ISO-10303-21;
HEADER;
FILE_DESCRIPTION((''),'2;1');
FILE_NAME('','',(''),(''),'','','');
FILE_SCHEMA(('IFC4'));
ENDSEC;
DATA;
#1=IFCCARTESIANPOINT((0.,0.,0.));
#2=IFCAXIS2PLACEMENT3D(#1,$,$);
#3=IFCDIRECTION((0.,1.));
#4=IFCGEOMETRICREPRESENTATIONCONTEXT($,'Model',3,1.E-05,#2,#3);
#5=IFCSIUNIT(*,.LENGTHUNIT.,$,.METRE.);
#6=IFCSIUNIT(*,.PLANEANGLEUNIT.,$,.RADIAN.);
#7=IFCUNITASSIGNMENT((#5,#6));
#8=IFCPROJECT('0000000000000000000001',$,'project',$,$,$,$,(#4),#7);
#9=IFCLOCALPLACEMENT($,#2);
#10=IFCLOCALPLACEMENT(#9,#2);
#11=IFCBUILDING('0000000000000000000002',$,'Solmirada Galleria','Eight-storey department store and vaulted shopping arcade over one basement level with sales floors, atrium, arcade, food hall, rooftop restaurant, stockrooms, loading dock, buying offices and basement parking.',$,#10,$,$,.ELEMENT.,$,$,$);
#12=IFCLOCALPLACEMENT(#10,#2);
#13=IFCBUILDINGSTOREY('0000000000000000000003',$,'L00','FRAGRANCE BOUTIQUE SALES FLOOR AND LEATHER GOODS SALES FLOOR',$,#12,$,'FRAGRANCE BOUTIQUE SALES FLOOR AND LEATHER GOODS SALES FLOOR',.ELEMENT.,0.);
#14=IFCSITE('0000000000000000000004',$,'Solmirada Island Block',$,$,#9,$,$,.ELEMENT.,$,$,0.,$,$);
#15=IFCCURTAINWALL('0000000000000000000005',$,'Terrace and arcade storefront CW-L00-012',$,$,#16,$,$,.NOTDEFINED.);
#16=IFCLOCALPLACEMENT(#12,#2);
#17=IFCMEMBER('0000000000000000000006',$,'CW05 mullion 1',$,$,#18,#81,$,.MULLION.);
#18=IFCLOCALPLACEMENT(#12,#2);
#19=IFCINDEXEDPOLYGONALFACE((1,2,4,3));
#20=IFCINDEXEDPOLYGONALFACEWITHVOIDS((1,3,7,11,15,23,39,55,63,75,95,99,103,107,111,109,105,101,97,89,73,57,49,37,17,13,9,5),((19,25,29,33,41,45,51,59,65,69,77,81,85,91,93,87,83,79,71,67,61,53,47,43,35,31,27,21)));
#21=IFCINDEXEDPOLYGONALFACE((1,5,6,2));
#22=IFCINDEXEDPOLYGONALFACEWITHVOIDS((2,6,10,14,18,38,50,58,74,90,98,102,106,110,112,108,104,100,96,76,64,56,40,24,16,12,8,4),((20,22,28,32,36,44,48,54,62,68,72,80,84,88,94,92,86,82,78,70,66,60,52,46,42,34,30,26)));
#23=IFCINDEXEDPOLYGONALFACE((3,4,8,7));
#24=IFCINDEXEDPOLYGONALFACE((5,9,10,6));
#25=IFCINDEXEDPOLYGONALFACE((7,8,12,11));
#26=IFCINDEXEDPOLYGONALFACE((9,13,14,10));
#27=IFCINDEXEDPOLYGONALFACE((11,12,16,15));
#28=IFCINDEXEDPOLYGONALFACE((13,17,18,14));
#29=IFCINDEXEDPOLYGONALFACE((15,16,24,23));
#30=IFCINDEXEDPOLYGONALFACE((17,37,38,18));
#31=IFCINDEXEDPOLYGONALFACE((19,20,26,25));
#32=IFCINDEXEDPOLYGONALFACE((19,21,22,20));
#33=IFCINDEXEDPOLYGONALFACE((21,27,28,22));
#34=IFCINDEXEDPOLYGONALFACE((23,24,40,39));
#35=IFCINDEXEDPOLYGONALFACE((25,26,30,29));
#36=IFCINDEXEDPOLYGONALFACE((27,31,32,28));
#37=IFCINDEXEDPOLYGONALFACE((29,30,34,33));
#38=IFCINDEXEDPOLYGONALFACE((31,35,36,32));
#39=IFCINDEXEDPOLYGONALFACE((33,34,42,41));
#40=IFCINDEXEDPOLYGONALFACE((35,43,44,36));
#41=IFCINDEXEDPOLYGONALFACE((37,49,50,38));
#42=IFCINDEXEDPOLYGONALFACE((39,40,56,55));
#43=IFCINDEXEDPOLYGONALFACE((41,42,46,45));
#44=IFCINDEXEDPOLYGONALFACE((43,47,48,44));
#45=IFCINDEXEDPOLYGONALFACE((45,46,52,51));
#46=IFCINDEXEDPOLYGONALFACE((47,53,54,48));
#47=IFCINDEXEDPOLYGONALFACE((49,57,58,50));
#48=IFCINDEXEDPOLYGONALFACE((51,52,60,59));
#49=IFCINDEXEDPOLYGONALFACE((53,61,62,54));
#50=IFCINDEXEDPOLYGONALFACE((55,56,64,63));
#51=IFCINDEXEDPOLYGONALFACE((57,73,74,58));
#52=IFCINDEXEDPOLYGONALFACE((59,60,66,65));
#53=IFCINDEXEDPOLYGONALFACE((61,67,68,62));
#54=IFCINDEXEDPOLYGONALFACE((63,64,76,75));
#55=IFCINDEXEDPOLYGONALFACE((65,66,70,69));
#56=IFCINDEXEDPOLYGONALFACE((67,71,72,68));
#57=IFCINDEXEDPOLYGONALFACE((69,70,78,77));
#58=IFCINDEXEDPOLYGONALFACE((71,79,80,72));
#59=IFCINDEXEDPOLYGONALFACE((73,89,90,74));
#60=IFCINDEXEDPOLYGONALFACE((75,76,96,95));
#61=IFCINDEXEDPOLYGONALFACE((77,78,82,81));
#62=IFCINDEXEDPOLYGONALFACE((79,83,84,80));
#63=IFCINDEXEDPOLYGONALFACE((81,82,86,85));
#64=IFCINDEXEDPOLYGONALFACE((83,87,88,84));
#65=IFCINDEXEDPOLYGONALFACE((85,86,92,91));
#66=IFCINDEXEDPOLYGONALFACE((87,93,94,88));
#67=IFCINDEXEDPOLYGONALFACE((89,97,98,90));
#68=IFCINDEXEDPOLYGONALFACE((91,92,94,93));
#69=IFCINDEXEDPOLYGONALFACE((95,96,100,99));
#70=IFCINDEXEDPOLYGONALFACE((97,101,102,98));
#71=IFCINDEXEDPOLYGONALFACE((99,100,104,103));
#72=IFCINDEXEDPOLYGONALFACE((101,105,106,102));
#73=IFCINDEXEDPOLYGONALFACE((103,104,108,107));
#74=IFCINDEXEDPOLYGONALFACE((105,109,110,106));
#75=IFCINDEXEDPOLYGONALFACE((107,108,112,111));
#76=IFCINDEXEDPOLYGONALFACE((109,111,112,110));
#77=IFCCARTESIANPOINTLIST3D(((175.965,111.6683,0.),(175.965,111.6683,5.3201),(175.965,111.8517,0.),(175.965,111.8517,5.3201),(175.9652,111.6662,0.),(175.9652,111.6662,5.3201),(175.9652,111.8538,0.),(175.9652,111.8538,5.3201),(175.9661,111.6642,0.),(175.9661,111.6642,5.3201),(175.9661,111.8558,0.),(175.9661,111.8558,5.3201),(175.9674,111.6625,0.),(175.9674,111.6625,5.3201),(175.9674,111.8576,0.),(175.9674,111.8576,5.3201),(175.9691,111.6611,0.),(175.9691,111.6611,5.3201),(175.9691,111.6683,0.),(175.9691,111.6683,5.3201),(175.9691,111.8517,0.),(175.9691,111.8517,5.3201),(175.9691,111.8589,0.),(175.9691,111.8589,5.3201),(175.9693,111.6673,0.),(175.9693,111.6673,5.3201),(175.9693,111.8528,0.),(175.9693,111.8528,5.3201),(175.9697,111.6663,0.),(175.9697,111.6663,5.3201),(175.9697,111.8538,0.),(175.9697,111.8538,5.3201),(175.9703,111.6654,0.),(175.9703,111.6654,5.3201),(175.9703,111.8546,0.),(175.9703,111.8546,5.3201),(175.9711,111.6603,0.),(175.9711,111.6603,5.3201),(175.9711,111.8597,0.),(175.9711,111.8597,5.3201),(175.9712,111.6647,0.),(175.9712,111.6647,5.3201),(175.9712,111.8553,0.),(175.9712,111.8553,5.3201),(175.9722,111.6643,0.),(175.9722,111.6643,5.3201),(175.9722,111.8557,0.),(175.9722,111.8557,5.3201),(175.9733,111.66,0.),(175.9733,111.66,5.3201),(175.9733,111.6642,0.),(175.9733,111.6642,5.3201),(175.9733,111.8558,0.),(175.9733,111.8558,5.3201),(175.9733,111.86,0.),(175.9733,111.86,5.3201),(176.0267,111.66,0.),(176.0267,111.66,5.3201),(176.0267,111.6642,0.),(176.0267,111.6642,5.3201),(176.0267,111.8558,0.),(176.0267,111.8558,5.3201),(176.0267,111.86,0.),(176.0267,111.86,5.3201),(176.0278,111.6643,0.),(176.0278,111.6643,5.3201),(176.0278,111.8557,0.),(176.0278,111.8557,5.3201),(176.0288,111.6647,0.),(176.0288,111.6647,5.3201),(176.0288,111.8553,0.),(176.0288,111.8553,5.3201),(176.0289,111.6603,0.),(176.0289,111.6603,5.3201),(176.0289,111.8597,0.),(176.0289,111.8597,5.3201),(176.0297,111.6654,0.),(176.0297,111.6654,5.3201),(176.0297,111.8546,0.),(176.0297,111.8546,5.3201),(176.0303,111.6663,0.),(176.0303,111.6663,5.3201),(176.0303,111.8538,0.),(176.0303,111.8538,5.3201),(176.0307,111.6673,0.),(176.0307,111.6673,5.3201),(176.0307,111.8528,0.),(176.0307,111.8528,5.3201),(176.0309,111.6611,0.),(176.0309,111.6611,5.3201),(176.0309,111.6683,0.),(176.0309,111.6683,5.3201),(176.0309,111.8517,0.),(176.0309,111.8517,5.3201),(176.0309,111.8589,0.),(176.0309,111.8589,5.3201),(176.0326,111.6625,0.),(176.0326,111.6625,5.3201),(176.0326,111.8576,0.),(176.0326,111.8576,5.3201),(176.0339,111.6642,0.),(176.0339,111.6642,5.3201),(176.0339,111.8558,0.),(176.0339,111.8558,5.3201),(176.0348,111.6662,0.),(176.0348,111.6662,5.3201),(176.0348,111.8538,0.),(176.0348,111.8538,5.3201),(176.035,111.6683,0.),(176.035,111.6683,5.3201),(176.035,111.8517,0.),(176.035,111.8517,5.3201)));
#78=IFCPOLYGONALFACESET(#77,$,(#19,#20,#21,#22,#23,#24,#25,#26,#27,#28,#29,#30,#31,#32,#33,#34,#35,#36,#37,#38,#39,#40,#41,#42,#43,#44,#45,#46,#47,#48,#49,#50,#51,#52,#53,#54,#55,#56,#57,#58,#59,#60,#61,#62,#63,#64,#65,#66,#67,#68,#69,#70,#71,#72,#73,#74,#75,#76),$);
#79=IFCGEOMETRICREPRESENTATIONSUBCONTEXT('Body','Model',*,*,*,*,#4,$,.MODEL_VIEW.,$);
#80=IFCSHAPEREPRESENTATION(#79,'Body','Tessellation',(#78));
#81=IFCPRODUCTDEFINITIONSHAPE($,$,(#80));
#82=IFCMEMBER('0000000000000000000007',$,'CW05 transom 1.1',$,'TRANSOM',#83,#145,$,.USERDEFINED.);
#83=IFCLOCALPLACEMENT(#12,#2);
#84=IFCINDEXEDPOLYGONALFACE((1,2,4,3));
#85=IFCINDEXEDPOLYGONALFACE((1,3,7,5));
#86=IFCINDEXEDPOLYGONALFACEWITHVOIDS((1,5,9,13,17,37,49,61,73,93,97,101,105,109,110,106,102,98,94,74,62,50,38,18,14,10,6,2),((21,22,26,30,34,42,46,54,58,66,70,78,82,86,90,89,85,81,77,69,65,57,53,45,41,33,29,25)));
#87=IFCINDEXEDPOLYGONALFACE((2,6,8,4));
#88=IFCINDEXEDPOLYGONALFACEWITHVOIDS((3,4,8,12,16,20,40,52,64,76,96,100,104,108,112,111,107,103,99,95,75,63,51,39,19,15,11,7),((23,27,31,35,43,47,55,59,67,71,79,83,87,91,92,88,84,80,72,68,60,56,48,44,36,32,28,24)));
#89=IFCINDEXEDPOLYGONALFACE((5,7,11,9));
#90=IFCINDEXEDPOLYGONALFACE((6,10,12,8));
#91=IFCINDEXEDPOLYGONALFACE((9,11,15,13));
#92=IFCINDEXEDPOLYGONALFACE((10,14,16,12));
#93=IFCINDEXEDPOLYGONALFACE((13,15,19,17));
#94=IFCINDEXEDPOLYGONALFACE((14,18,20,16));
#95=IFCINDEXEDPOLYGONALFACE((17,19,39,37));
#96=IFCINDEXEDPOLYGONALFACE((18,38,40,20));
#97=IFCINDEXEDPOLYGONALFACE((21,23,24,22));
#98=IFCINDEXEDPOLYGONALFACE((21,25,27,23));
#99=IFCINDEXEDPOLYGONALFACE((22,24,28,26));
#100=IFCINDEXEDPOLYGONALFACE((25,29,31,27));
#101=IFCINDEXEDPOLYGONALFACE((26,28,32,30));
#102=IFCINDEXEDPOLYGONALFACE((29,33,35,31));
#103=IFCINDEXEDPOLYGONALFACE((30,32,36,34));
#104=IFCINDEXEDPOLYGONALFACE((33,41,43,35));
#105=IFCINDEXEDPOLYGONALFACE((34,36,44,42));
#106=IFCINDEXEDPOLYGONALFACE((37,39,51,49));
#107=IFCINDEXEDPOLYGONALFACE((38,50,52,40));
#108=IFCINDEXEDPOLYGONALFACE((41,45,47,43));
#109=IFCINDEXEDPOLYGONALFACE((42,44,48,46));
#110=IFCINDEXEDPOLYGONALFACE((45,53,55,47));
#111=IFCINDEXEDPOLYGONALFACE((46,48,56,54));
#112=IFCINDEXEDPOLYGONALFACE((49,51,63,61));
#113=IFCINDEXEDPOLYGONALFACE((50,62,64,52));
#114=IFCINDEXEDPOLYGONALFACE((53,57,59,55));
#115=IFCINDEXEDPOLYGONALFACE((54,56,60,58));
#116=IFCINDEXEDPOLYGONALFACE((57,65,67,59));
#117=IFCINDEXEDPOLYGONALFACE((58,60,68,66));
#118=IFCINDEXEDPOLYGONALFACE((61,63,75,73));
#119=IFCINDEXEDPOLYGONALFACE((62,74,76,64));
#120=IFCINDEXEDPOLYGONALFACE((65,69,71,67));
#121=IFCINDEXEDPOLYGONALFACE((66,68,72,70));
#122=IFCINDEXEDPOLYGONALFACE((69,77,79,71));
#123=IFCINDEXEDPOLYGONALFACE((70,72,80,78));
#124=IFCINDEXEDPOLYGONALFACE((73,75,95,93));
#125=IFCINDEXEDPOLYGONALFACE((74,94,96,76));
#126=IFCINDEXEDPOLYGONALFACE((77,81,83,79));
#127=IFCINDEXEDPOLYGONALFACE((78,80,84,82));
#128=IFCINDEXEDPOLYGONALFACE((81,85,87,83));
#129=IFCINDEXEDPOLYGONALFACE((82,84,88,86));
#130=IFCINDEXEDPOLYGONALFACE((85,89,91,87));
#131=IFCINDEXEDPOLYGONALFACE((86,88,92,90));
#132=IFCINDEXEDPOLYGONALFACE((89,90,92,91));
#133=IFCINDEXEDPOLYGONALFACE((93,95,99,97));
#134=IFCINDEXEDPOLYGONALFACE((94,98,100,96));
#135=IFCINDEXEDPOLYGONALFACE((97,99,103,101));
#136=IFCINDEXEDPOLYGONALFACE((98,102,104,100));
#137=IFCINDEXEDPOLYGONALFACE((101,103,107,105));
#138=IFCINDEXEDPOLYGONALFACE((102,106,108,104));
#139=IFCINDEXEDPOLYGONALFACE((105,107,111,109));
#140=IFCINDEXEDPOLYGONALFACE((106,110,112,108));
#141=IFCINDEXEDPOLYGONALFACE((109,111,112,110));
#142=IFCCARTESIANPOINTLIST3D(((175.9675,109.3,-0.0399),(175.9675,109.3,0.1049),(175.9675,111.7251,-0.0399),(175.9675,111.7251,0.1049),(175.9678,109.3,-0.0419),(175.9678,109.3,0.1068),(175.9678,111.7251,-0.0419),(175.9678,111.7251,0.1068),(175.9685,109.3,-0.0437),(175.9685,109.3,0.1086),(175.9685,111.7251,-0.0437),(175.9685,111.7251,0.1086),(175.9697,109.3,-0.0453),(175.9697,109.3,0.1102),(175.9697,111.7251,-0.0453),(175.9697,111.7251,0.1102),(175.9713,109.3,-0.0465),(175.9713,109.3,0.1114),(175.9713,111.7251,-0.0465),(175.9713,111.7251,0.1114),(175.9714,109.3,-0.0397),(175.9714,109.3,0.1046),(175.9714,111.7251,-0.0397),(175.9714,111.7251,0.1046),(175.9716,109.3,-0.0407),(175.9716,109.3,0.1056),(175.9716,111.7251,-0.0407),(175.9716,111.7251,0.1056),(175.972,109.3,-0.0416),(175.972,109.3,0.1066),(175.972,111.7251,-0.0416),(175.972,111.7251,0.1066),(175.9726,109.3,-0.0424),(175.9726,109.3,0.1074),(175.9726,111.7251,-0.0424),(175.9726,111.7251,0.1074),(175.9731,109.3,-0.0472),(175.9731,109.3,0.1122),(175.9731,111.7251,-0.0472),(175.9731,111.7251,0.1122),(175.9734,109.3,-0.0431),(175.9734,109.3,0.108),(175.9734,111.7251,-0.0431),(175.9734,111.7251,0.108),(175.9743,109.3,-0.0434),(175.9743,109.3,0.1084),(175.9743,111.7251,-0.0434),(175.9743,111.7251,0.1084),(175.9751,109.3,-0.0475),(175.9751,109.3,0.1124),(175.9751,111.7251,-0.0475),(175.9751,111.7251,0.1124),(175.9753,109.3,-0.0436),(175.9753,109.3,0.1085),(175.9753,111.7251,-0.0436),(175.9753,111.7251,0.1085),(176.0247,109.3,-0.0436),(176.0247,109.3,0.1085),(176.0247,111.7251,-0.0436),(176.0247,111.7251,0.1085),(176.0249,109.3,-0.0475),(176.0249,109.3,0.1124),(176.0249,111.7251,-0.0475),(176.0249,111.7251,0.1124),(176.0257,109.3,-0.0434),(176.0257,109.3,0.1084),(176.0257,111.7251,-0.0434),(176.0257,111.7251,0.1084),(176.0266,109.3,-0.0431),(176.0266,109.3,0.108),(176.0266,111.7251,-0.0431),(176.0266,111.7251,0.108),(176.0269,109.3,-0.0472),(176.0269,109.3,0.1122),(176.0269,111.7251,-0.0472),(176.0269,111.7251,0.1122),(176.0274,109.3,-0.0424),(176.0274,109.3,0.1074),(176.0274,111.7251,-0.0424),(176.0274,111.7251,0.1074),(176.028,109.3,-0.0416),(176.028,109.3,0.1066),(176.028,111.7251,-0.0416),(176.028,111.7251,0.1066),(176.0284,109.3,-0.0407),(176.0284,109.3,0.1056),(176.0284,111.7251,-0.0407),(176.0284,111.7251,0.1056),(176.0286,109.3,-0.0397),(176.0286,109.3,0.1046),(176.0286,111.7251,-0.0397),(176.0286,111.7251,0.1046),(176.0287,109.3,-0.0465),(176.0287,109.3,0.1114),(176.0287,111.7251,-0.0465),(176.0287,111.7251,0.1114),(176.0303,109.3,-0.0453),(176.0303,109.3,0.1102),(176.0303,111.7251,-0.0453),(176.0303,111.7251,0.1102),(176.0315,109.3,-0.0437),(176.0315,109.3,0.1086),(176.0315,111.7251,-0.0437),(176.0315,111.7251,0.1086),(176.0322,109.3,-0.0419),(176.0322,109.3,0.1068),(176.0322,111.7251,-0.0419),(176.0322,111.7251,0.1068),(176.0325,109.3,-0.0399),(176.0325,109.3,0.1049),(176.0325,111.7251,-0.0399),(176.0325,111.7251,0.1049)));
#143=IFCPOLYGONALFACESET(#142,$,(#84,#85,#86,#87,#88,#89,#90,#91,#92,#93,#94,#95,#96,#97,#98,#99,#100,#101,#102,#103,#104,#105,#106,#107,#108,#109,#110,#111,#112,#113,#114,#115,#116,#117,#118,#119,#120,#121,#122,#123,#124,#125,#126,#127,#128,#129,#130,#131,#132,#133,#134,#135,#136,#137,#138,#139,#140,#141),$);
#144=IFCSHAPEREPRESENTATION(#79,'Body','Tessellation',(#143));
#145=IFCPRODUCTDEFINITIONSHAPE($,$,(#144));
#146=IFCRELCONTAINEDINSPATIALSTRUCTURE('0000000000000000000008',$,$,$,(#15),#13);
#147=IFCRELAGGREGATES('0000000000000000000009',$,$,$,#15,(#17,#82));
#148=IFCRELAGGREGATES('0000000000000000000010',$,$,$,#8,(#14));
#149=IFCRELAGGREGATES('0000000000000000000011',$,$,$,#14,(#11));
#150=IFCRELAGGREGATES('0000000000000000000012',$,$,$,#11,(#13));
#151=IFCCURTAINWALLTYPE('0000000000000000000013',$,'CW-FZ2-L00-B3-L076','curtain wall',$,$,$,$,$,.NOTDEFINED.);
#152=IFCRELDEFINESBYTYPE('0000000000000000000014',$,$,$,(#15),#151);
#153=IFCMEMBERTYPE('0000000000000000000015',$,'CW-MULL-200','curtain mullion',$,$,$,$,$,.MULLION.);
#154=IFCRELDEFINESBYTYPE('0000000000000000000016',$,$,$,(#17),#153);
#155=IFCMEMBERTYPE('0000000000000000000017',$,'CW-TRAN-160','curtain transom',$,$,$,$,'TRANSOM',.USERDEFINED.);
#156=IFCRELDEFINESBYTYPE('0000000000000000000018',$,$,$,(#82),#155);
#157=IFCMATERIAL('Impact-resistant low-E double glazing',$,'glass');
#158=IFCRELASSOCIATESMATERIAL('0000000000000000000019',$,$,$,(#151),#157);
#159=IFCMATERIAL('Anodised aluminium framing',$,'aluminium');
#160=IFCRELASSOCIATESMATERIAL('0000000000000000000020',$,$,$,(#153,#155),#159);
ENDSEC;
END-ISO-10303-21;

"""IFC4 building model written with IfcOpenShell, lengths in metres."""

from ifc_helpers import new_model, si_unit, direction, frame, origin, origin_2d, place, context, subcontext, project, spatial, hollow_rectangle, extrude, material, material_profile, profile_set, type_object, element, aggregate, save


model = new_model("IFC4")

# Units and contexts
model_context = context("Model", 3, precision=1e-05, world=origin(), true_north=direction((0.0, 1.0)))
body_context = subcontext(model_context, "Body", "Model", "MODEL_VIEW")
ifc_project = project(units=[si_unit("LENGTHUNIT", "METRE"), si_unit("PLANEANGLEUNIT", "RADIAN")], contexts=[model_context])

# Site, building, storey
site_placement = place(None, origin())
site = spatial("IfcSite", under=ifc_project, at=site_placement, Name="Solmirada Island Block", CompositionType="ELEMENT", RefElevation=0.0)
building_placement = place(site_placement, origin())
building = spatial("IfcBuilding", under=site, at=building_placement, Name="Solmirada Galleria", Description="Eight-storey department store and vaulted shopping arcade over one basement level with sales floors, atrium, arcade, food hall, rooftop restaurant, stockrooms, loading dock, buying offices and basement parking.", CompositionType="ELEMENT")
storey_placement = place(building_placement, origin())
storey = spatial("IfcBuildingStorey", under=building, at=storey_placement, Name="L00", Description="FRAGRANCE BOUTIQUE SALES FLOOR AND LEATHER GOODS SALES FLOOR", LongName="FRAGRANCE BOUTIQUE SALES FLOOR AND LEATHER GOODS SALES FLOOR", CompositionType="ELEMENT", Elevation=0.0)

# Curtain wall, members
ifc_material_1 = material(Name="Impact-resistant low-E double glazing", Category="glass")
curtain_wall_type = type_object("IfcCurtainWallType", Name="CW-FZ2-L00-B3-L076", Description="curtain wall", PredefinedType="NOTDEFINED", material=ifc_material_1)
curtain_wall_placement = place(storey_placement, origin())
curtain_wall = element("IfcCurtainWall", 1, at=curtain_wall_placement, inside=storey, type_object=curtain_wall_type, Name="Terrace and arcade storefront CW-L00-012", PredefinedType="NOTDEFINED")
ifc_material_2 = material(Name="Anodised aluminium framing", Category="aluminium")
ifc_material_profile_1 = material_profile(ifc_material_2, hollow_rectangle(XDim=0.0701, YDim=0.2, WallThickness=0.0042, InnerFilletRadius=0.0042, OuterFilletRadius=0.0083, at=origin_2d()), Name="ALU-MULL-200X70")
ifc_profile_set_1 = profile_set([ifc_material_profile_1], Name="Anodised aluminium framing")
member_type_1 = type_object("IfcMemberType", Name="CW-MULL-200", Description="curtain mullion", PredefinedType="MULLION", material=ifc_profile_set_1)
member_1_placement = place(storey_placement, frame((176.0, 111.76, 0.0), z_axis=(0.0, 0.0, 1.0), x_axis=(1.0, 0.0, 0.0)))
member_1 = element("IfcMember", 2, at=member_1_placement, type_object=member_type_1, Name="CW05 mullion 1", PredefinedType="MULLION", context=body_context, shape_type="SweptSolid", body=[
    extrude(hollow_rectangle(XDim=0.0701, YDim=0.2, WallThickness=0.0042, InnerFilletRadius=0.0042, OuterFilletRadius=0.0083, at=origin_2d()), origin(), (0.0, 0.0, 1.0), 5.3201),
])
ifc_material_profile_2 = material_profile(ifc_material_2, hollow_rectangle(XDim=0.0649, YDim=0.1599, WallThickness=0.0039, InnerFilletRadius=0.0039, OuterFilletRadius=0.0076, at=origin_2d()), Name="ALU-TRAN-160X65")
ifc_profile_set_2 = profile_set([ifc_material_profile_2], Name="Anodised aluminium framing")
member_type_2 = type_object("IfcMemberType", Name="CW-TRAN-160", Description="curtain transom", ElementType="TRANSOM", PredefinedType="USERDEFINED", material=ifc_profile_set_2)
member_2_placement = place(storey_placement, frame((176.0, 111.7251, 0.0325), z_axis=(0.0, -1.0, 0.0), x_axis=(1.0, 0.0, 0.0)))
member_2 = element("IfcMember", 3, at=member_2_placement, type_object=member_type_2, Name="CW05 transom 1.1", ObjectType="TRANSOM", PredefinedType="USERDEFINED", context=body_context, shape_type="SweptSolid", body=[
    extrude(hollow_rectangle(XDim=0.0649, YDim=0.1599, WallThickness=0.0039, InnerFilletRadius=0.0039, OuterFilletRadius=0.0076, at=origin_2d()), origin(), (0.0, 0.0, 1.0), 2.425),
])
aggregate(curtain_wall, [member_1, member_2])

save(model, "model.ifc")
